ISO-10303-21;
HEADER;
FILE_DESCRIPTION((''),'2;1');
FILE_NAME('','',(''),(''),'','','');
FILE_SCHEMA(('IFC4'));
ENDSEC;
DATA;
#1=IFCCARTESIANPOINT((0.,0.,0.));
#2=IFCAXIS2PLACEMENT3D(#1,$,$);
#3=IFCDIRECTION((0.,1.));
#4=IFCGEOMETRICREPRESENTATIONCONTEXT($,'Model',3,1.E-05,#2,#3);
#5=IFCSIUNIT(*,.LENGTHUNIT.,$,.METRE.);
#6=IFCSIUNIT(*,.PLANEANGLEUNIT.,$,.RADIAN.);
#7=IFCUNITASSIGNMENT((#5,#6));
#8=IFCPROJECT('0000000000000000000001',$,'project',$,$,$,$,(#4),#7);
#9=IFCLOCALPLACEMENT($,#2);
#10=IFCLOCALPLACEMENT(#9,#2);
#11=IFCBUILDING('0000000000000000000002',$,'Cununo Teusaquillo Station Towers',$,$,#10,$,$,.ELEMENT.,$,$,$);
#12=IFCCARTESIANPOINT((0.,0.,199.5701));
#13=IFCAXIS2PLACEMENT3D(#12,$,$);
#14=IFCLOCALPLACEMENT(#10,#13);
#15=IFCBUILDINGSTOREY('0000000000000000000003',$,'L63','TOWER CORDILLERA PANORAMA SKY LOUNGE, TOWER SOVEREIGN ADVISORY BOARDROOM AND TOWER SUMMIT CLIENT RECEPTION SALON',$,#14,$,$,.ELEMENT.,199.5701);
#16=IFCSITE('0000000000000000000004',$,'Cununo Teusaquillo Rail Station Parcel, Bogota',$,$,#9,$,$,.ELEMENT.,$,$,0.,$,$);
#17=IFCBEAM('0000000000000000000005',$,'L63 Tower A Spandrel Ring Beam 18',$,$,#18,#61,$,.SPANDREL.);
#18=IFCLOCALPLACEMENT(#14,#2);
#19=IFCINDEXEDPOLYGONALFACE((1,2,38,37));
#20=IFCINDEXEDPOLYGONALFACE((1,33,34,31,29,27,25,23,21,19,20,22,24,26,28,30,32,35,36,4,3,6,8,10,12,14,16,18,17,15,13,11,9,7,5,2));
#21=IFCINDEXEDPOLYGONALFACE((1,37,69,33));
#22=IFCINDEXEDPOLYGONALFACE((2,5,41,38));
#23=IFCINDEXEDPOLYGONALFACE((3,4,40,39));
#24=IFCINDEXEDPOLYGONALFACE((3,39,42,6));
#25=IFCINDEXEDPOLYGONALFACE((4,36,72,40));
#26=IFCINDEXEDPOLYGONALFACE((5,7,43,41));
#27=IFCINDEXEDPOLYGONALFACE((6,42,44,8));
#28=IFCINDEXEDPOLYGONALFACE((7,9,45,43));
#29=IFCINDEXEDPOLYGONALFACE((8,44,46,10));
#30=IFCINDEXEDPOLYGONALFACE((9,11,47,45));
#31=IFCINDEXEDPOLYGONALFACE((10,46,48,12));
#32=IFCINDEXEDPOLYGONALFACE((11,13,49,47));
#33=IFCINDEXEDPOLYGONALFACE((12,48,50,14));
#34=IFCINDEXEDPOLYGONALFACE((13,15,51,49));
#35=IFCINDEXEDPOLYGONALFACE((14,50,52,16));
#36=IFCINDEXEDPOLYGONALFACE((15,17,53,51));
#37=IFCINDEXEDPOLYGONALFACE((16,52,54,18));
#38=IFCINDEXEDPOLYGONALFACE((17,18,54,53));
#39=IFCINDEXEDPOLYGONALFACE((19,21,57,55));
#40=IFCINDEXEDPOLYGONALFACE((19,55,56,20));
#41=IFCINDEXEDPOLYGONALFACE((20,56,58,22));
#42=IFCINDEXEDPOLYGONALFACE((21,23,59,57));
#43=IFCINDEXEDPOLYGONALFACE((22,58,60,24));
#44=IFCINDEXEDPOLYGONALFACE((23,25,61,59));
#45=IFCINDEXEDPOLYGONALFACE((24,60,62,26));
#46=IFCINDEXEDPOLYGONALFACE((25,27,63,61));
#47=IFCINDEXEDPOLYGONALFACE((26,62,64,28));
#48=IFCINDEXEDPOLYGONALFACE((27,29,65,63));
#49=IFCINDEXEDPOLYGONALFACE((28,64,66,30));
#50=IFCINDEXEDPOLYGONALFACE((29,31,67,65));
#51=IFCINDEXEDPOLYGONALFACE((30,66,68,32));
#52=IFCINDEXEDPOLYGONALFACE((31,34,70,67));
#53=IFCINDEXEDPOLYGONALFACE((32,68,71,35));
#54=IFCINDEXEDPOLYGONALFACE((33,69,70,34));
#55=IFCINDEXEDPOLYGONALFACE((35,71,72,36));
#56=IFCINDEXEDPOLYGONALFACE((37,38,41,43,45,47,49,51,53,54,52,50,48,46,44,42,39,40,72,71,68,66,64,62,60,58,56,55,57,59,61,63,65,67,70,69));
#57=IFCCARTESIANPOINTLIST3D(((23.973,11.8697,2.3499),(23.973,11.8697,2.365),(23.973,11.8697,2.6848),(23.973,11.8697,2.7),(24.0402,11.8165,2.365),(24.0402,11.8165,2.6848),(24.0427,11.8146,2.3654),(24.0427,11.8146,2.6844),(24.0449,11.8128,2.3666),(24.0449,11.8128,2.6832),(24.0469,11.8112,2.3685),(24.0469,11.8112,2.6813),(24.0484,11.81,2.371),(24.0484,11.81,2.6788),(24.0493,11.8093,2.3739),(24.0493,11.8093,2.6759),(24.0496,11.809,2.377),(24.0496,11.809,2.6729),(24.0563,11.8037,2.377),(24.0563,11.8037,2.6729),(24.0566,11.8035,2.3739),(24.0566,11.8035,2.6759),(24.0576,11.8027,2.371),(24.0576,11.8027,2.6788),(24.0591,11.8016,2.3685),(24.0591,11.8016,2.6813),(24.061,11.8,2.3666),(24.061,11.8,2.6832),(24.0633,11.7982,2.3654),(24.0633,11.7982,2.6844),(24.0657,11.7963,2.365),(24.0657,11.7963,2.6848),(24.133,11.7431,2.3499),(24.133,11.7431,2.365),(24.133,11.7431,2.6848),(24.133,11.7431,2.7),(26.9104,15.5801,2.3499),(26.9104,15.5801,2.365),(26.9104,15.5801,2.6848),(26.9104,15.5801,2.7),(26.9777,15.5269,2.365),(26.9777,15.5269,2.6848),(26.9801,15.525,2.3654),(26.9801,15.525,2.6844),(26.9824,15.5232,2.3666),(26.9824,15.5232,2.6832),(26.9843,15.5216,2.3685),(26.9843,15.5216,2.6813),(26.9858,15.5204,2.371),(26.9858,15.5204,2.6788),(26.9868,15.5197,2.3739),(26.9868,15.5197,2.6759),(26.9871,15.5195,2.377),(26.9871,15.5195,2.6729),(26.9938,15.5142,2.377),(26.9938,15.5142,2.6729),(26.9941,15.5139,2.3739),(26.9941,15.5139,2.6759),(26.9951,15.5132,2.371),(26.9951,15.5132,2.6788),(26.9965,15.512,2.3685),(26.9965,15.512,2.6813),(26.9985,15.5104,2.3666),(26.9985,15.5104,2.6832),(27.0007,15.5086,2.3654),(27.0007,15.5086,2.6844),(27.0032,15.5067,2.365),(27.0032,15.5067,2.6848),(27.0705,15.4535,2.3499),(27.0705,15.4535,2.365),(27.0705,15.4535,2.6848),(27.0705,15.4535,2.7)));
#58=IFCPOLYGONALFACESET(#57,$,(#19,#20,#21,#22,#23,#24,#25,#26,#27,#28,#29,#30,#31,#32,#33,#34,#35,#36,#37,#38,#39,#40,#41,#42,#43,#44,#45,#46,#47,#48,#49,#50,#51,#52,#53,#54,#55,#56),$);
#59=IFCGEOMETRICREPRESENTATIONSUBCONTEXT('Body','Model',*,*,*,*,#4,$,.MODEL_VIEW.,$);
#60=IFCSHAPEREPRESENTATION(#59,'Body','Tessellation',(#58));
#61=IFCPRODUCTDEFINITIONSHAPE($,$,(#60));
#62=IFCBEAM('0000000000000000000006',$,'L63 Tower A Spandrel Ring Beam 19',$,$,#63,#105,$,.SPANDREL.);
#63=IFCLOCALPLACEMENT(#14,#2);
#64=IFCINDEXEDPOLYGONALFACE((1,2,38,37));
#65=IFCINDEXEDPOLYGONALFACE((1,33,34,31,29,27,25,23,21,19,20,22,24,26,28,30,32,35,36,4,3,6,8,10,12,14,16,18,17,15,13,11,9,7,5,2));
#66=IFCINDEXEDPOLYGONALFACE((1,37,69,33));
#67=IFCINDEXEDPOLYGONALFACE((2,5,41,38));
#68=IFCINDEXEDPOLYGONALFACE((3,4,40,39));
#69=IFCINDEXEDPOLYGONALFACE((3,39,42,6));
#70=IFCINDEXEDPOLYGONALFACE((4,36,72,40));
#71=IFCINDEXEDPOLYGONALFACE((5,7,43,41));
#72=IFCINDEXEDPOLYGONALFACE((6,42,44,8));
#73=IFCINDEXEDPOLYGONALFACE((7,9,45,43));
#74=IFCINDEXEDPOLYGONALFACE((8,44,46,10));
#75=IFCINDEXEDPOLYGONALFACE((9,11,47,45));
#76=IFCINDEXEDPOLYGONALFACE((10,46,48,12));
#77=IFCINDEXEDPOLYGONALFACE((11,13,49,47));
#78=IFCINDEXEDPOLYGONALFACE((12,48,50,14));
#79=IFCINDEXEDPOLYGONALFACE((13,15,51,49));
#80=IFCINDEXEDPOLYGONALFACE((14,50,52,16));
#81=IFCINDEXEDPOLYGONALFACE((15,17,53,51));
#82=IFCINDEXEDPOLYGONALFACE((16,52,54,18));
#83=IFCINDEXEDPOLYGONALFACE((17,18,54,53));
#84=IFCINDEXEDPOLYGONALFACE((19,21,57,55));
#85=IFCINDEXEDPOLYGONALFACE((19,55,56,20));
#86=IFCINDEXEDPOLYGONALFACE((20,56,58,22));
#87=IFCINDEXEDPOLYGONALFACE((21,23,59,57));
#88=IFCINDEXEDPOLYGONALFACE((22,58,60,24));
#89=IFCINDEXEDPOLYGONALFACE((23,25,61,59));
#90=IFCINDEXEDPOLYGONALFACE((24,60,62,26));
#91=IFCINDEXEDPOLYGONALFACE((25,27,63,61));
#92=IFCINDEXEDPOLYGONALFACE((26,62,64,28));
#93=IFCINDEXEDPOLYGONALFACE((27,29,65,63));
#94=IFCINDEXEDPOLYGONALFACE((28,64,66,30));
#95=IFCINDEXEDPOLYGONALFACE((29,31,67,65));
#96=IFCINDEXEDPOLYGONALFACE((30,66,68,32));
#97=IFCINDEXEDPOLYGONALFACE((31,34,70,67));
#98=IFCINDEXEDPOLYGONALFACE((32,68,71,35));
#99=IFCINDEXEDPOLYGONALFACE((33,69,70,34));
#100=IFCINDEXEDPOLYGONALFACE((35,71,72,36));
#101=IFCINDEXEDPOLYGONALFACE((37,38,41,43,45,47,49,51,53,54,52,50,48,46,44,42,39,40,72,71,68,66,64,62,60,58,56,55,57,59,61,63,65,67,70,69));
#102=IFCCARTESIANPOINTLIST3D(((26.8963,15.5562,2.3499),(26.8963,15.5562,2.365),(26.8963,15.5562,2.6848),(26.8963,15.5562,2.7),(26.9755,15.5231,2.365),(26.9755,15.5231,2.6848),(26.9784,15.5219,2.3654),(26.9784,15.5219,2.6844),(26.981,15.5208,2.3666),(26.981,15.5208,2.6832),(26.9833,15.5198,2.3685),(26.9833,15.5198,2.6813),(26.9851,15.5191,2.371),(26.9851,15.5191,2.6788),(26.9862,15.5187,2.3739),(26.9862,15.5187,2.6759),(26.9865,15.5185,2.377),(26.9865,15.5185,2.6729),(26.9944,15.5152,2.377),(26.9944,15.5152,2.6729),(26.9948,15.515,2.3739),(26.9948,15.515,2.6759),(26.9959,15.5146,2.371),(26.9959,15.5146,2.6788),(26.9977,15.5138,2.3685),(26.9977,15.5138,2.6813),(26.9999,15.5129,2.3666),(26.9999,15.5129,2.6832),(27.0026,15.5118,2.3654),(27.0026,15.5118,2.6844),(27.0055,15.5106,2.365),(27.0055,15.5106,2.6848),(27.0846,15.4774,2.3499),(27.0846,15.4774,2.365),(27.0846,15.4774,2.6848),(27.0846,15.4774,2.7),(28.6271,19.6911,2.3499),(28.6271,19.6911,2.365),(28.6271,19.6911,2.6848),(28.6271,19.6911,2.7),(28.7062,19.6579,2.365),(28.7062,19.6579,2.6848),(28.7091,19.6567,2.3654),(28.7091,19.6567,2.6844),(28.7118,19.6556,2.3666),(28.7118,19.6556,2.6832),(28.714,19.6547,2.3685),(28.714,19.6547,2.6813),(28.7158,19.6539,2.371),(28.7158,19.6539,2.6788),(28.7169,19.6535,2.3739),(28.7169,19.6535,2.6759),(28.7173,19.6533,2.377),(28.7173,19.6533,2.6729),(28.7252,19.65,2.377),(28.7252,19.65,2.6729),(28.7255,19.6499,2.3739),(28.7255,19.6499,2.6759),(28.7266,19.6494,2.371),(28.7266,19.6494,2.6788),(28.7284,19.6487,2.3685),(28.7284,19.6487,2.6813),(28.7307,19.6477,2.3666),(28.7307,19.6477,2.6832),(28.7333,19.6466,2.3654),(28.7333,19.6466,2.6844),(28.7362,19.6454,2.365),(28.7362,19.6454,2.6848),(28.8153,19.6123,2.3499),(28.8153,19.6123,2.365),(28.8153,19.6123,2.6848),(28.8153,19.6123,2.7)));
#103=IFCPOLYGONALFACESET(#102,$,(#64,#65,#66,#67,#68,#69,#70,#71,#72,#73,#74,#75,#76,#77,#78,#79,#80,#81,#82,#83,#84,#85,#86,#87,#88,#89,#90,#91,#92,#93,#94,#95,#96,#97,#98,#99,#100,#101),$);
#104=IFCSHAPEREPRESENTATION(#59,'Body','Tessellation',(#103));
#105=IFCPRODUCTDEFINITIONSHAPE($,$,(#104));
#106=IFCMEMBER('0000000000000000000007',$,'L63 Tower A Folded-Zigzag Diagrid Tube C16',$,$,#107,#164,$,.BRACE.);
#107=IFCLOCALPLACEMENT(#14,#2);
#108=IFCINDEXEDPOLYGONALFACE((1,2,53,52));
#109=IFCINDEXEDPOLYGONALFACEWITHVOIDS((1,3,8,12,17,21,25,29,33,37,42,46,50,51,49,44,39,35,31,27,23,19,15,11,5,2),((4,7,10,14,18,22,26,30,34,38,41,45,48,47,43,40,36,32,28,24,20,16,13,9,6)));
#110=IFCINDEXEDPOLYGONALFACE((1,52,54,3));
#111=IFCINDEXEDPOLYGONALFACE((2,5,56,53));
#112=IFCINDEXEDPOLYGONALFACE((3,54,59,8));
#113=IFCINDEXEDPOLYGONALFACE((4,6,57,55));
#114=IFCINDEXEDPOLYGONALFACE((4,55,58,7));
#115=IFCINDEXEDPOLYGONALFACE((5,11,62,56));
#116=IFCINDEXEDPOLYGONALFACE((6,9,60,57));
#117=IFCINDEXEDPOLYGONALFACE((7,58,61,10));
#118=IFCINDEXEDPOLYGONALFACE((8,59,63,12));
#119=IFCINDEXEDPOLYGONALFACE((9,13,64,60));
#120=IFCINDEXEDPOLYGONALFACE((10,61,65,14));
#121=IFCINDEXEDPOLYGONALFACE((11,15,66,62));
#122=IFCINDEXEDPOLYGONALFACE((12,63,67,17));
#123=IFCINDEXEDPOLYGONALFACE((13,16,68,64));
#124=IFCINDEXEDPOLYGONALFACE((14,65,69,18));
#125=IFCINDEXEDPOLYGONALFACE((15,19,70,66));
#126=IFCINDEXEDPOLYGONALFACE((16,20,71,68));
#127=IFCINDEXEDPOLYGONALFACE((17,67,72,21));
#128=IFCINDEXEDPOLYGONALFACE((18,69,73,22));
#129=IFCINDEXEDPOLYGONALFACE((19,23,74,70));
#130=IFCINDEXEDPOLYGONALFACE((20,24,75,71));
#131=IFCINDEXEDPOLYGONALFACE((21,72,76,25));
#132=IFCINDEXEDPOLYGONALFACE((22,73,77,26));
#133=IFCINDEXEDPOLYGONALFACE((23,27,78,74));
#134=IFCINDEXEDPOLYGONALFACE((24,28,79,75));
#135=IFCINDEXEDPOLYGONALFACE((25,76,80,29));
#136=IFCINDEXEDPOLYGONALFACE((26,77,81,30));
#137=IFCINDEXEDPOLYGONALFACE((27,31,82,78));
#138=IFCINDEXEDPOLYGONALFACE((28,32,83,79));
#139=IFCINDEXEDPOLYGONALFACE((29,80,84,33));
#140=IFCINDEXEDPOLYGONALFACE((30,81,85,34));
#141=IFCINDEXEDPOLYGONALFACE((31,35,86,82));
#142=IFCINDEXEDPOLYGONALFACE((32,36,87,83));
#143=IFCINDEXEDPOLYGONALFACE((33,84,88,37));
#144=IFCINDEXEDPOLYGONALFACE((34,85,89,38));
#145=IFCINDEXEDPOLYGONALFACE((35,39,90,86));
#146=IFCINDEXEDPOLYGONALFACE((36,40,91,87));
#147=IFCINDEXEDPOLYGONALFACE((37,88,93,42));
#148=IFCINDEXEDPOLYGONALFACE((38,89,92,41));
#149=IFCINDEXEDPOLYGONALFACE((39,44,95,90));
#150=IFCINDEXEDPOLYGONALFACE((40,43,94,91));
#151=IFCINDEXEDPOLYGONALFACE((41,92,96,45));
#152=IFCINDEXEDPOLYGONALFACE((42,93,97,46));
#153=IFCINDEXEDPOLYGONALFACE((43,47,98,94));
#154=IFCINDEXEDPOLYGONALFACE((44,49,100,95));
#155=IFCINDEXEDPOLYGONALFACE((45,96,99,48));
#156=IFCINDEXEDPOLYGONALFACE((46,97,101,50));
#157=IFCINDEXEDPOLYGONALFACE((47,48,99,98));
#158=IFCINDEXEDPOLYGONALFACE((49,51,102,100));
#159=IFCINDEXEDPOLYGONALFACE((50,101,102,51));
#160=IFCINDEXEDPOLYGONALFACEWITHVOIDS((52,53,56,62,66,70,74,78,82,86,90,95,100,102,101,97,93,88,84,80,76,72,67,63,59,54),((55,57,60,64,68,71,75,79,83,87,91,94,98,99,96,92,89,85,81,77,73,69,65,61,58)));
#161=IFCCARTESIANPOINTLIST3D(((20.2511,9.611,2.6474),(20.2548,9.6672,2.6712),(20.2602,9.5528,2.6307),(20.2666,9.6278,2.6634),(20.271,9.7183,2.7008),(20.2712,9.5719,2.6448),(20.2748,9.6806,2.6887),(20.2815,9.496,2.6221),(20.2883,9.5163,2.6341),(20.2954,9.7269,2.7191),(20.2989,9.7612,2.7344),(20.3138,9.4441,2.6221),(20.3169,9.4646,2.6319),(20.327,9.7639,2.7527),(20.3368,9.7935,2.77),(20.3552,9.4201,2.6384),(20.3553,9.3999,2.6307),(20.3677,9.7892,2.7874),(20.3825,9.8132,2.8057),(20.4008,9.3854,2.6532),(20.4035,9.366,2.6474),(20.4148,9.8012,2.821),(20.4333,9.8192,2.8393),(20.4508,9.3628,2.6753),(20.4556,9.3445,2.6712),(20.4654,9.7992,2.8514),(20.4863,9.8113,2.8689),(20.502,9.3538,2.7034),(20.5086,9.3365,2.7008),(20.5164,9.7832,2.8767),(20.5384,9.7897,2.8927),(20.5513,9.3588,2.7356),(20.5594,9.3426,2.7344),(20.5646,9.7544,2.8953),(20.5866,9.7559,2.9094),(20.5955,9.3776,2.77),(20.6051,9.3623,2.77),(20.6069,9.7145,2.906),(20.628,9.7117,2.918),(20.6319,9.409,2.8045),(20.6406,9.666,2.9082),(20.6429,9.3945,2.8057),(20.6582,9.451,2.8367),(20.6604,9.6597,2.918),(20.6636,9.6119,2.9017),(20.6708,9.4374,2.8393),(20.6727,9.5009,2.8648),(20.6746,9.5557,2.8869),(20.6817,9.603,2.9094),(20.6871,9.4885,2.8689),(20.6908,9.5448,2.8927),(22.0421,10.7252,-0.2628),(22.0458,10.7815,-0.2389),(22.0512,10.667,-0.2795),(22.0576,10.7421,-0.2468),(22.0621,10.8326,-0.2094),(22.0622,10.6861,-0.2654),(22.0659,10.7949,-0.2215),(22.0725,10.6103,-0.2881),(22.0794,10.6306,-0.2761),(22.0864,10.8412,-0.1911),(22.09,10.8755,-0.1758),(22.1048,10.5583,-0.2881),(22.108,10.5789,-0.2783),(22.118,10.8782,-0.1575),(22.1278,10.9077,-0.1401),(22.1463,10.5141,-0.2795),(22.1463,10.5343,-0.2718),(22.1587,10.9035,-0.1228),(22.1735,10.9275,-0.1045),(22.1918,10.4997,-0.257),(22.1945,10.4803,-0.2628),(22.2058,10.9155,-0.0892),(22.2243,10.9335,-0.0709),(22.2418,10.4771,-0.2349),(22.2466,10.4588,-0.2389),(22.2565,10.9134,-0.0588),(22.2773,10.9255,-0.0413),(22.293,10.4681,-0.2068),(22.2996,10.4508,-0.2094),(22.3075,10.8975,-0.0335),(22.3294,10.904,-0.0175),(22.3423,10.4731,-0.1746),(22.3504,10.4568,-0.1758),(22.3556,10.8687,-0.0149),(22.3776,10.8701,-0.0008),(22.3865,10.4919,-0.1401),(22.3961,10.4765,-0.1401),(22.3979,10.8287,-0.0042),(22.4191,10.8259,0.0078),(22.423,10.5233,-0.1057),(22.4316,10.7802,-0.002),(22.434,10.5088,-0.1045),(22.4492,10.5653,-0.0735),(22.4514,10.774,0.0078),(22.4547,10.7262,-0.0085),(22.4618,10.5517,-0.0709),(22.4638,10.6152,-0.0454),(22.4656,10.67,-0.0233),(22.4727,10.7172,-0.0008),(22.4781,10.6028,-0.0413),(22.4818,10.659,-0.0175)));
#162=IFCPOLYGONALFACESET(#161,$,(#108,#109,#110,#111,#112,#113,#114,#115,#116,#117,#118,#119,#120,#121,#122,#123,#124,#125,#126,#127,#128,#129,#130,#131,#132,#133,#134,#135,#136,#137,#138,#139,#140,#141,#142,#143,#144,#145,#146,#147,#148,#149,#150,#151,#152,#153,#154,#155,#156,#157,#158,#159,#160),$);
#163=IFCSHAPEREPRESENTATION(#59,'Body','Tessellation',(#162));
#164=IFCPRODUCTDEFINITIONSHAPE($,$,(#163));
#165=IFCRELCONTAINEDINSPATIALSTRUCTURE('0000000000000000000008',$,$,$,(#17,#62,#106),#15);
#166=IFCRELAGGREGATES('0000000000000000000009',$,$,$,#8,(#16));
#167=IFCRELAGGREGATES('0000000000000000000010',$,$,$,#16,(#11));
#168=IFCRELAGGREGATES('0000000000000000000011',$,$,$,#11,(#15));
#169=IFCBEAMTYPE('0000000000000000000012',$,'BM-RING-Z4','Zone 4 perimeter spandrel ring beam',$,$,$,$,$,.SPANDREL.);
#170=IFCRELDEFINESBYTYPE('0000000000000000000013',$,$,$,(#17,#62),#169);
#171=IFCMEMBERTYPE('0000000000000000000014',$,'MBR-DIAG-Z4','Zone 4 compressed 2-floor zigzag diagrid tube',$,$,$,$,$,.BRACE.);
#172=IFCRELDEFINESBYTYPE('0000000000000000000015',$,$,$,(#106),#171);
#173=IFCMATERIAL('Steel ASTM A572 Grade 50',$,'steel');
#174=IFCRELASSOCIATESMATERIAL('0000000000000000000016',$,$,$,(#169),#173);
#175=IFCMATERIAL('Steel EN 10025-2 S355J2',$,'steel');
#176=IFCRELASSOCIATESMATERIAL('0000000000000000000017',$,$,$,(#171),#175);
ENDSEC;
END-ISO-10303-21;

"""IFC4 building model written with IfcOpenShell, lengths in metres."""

from ifc_helpers import new_model, si_unit, direction, frame, origin, origin_2d, place, context, subcontext, project, spatial, hollow_circle, i_section, extrude, material, material_profile, profile_set, type_object, element, save


model = new_model("IFC4")

# Units and contexts
model_context = context("Model", 3, precision=1e-05, world=origin(), true_north=direction((0.0, 1.0)))
body_context = subcontext(model_context, "Body", "Model", "MODEL_VIEW")
ifc_project = project(units=[si_unit("LENGTHUNIT", "METRE"), si_unit("PLANEANGLEUNIT", "RADIAN")], contexts=[model_context])

# Site, building, storey
site_placement = place(None, origin())
site = spatial("IfcSite", under=ifc_project, at=site_placement, Name="Cununo Teusaquillo Rail Station Parcel, Bogota", CompositionType="ELEMENT", RefElevation=0.0)
building_placement = place(site_placement, origin())
building = spatial("IfcBuilding", under=site, at=building_placement, Name="Cununo Teusaquillo Station Towers", CompositionType="ELEMENT")
storey_placement = place(building_placement, frame((0.0, 0.0, 199.5701)))
storey = spatial("IfcBuildingStorey", under=building, at=storey_placement, Name="L63", Description="TOWER CORDILLERA PANORAMA SKY LOUNGE, TOWER SOVEREIGN ADVISORY BOARDROOM AND TOWER SUMMIT CLIENT RECEPTION SALON", CompositionType="ELEMENT", Elevation=199.5701)

# Beams
ifc_material_1 = material(Name="Steel ASTM A572 Grade 50", Category="steel")
ifc_material_profile_1 = material_profile(ifc_material_1, i_section(OverallWidth=0.2041, OverallDepth=0.3501, WebThickness=0.0085, FlangeThickness=0.0151, FilletRadius=0.012, at=origin_2d()), Name="W14X48")
ifc_profile_set_1 = profile_set([ifc_material_profile_1], Name="Steel ASTM A572 Grade 50")
beam_type = type_object("IfcBeamType", Name="BM-RING-Z4", Description="Zone 4 perimeter spandrel ring beam", PredefinedType="SPANDREL", material=ifc_profile_set_1)
beam_1_placement = place(storey_placement, frame((24.053, 11.8064, 2.5249), z_axis=(0.620711, 0.78404, 0.0), x_axis=(-0.78404, 0.620711, 0.0)))
element("IfcBeam", 1, at=beam_1_placement, inside=storey, type_object=beam_type, Name="L63 Tower A Spandrel Ring Beam 18", PredefinedType="SPANDREL", context=body_context, shape_type="SweptSolid", body=[
    extrude(i_section(OverallWidth=0.2041, OverallDepth=0.3501, WebThickness=0.0085, FlangeThickness=0.0151, FilletRadius=0.012, at=origin_2d()), origin(), (0.0, 0.0, 1.0), 4.7324),
])
beam_2_placement = place(storey_placement, frame((26.9905, 15.5168, 2.5249), z_axis=(0.386115, 0.92245, 0.0), x_axis=(-0.92245, 0.386115, 0.0)))
element("IfcBeam", 2, at=beam_2_placement, inside=storey, type_object=beam_type, Name="L63 Tower A Spandrel Ring Beam 19", PredefinedType="SPANDREL", context=body_context, shape_type="SweptSolid", body=[
    extrude(i_section(OverallWidth=0.2041, OverallDepth=0.3501, WebThickness=0.0085, FlangeThickness=0.0151, FilletRadius=0.012, at=origin_2d()), origin(), (0.0, 0.0, 1.0), 4.4824),
])

# Member
ifc_material_2 = material(Name="Steel EN 10025-2 S355J2", Category="steel")
ifc_material_profile_2 = material_profile(ifc_material_2, hollow_circle(Radius=0.2539, WallThickness=0.0181, at=origin_2d()), Name="CHS 508x18")
ifc_profile_set_2 = profile_set([ifc_material_profile_2], Name="Steel EN 10025-2 S355J2")
member_type = type_object("IfcMemberType", Name="MBR-DIAG-Z4", Description="Zone 4 compressed 2-floor zigzag diagrid tube", PredefinedType="BRACE", material=ifc_profile_set_2)
member_1_placement = place(storey_placement, frame((22.262, 10.6921, -0.1401), z_axis=(-0.498306, -0.310015, 0.80968), x_axis=(0.52825, -0.849089, 0.0)))
element("IfcMember", 3, at=member_1_placement, inside=storey, type_object=member_type, Name="L63 Tower A Folded-Zigzag Diagrid Tube C16", PredefinedType="BRACE", context=body_context, shape_type="SweptSolid", body=[
    extrude(hollow_circle(Radius=0.2539, WallThickness=0.0181, at=origin_2d()), origin(), (0.0, 0.0, 1.0), 3.5942),
])

save(model, "model.ifc")
